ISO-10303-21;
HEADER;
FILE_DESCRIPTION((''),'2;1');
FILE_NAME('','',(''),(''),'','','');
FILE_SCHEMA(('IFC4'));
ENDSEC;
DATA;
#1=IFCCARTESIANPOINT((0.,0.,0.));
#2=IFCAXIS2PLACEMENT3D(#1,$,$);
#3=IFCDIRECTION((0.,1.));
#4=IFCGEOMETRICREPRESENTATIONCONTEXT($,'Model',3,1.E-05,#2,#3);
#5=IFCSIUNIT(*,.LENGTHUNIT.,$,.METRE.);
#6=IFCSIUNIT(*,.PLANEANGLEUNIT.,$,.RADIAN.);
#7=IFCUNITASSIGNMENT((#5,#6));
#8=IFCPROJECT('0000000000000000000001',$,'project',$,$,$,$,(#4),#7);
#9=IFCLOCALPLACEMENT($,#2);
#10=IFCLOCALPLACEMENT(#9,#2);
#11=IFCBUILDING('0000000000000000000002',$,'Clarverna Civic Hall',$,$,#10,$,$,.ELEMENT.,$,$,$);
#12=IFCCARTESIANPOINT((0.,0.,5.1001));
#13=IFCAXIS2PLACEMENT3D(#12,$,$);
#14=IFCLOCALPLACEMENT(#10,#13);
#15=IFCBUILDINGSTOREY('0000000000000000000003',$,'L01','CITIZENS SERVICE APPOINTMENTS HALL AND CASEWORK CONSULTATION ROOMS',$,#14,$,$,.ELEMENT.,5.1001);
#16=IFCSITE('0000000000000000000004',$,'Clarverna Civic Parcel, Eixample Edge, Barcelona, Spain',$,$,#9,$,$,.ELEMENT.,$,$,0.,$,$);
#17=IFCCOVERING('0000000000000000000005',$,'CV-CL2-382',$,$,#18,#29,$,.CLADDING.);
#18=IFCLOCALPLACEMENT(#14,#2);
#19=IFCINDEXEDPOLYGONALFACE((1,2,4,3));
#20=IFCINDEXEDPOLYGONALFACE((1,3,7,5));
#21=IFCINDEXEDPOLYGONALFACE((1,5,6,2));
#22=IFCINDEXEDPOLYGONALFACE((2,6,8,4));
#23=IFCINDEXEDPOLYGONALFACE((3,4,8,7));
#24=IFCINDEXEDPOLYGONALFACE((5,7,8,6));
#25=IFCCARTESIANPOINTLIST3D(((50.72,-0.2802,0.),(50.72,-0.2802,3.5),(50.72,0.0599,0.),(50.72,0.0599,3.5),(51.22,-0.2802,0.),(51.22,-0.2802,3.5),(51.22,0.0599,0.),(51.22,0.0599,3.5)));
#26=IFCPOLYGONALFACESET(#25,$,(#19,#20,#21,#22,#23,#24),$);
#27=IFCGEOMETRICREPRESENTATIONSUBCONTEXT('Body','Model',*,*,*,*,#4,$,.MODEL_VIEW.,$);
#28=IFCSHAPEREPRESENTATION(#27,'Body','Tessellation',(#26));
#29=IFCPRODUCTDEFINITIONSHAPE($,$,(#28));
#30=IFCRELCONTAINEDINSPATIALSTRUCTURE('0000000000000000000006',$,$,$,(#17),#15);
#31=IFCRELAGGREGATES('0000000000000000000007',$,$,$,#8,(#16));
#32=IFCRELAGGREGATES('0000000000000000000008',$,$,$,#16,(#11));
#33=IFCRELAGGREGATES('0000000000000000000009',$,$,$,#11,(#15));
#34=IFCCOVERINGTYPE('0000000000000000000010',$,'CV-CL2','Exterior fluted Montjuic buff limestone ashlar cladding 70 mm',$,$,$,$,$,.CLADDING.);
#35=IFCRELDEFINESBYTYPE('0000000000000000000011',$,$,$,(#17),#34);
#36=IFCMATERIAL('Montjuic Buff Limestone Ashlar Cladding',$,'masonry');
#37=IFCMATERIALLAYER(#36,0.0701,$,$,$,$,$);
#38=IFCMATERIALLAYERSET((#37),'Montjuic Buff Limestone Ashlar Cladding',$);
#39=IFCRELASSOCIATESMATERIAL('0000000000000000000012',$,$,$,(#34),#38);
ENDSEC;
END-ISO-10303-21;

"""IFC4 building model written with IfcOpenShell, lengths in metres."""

from ifc_helpers import new_model, si_unit, direction, frame, frame_2d, origin, place, context, subcontext, project, spatial, rectangle, extrude, material, layer, layer_set, type_object, element, save


model = new_model("IFC4")

# Units and contexts
model_context = context("Model", 3, precision=1e-05, world=origin(), true_north=direction((0.0, 1.0)))
body_context = subcontext(model_context, "Body", "Model", "MODEL_VIEW")
ifc_project = project(units=[si_unit("LENGTHUNIT", "METRE"), si_unit("PLANEANGLEUNIT", "RADIAN")], contexts=[model_context])

# Site, building, storey
site_placement = place(None, origin())
site = spatial("IfcSite", under=ifc_project, at=site_placement, Name="Clarverna Civic Parcel, Eixample Edge, Barcelona, Spain", CompositionType="ELEMENT", RefElevation=0.0)
building_placement = place(site_placement, origin())
building = spatial("IfcBuilding", under=site, at=building_placement, Name="Clarverna Civic Hall", CompositionType="ELEMENT")
storey_placement = place(building_placement, frame((0.0, 0.0, 5.1001)))
storey = spatial("IfcBuildingStorey", under=building, at=storey_placement, Name="L01", Description="CITIZENS SERVICE APPOINTMENTS HALL AND CASEWORK CONSULTATION ROOMS", CompositionType="ELEMENT", Elevation=5.1001)

# Covering
ifc_material_1 = material(Name="Montjuic Buff Limestone Ashlar Cladding", Category="masonry")
ifc_layer_1 = layer(ifc_material_1, 0.0701)
ifc_layer_set_1 = layer_set([ifc_layer_1], Name="Montjuic Buff Limestone Ashlar Cladding")
covering_type = type_object("IfcCoveringType", Name="CV-CL2", Description="Exterior fluted Montjuic buff limestone ashlar cladding 70 mm", PredefinedType="CLADDING", material=ifc_layer_set_1)
for number, where, z_axis, x_axis, name in (
    (1, (51.22, -0.1101, 0.0), (0.0, 0.0, 1.0), (-1.0, 0.0, 0.0), "CV-CL2-382"),
):
    element("IfcCovering", number, at=place(storey_placement, frame(where, z_axis=z_axis, x_axis=x_axis)), inside=storey, type_object=covering_type, Name=name, PredefinedType="CLADDING", context=body_context, shape_type="SweptSolid", body=[
        extrude(rectangle(XDim=0.5, YDim=0.3401, at=frame_2d((0.25, 0.0))), origin(), (0.0, 0.0, 1.0), 3.5),
    ])

save(model, "model.ifc")
